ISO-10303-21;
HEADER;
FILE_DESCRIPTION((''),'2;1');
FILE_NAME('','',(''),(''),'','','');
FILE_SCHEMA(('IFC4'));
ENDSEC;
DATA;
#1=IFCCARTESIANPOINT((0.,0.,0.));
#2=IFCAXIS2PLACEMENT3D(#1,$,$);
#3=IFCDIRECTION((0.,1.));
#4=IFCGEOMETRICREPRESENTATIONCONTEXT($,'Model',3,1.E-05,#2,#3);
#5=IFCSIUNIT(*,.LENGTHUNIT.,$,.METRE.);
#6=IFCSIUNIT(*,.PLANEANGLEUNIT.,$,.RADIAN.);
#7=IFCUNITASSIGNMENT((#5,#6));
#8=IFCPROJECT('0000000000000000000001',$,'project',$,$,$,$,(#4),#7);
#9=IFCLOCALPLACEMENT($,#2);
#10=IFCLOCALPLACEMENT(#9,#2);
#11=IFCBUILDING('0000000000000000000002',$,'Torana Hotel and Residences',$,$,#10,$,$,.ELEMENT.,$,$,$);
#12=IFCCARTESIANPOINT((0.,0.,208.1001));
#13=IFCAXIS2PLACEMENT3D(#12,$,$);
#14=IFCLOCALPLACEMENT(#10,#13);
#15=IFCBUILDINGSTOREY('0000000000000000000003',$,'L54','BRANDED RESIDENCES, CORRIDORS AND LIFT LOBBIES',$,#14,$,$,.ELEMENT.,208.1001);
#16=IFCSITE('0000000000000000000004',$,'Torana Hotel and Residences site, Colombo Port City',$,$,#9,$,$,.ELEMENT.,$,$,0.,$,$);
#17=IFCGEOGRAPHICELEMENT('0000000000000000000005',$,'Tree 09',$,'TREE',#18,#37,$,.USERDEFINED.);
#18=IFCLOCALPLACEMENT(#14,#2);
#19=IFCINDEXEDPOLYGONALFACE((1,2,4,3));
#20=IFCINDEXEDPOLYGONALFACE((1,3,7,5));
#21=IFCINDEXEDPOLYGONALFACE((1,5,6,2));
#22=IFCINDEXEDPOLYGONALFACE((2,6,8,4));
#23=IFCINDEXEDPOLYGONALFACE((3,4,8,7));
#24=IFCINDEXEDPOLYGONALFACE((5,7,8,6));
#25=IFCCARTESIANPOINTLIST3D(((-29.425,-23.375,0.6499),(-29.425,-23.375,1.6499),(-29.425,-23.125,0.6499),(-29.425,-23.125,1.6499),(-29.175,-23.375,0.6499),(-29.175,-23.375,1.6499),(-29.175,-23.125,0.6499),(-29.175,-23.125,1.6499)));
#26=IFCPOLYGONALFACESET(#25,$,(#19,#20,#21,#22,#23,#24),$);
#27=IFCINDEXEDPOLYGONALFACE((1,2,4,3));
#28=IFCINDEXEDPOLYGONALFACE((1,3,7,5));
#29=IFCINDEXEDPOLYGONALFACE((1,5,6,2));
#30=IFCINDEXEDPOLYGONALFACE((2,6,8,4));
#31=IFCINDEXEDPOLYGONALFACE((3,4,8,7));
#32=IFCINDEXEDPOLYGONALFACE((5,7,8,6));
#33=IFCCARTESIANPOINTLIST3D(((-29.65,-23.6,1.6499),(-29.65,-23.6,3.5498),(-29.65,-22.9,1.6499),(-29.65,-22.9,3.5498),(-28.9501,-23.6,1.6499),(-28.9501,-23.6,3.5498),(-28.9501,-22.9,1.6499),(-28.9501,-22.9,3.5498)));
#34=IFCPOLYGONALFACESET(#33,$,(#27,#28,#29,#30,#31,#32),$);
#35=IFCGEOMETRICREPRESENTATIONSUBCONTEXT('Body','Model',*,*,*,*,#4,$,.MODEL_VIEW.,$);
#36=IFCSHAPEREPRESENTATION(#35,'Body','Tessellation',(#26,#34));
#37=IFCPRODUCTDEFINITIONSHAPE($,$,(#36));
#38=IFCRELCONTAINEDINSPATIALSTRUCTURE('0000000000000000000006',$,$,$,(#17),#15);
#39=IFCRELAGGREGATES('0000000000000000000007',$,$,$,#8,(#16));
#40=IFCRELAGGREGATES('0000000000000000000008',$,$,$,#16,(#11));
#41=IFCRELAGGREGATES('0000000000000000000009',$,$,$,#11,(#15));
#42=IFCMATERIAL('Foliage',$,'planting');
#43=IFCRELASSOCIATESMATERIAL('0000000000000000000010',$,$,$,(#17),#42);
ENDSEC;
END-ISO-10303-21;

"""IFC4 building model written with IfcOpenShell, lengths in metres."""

from ifc_helpers import new_model, si_unit, direction, frame, origin, origin_2d, place, context, subcontext, project, spatial, rectangle, extrude, material, element, save


model = new_model("IFC4")

# Units and contexts
model_context = context("Model", 3, precision=1e-05, world=origin(), true_north=direction((0.0, 1.0)))
body_context = subcontext(model_context, "Body", "Model", "MODEL_VIEW")
ifc_project = project(units=[si_unit("LENGTHUNIT", "METRE"), si_unit("PLANEANGLEUNIT", "RADIAN")], contexts=[model_context])

# Site, building, storey
site_placement = place(None, origin())
site = spatial("IfcSite", under=ifc_project, at=site_placement, Name="Torana Hotel and Residences site, Colombo Port City", CompositionType="ELEMENT", RefElevation=0.0)
building_placement = place(site_placement, origin())
building = spatial("IfcBuilding", under=site, at=building_placement, Name="Torana Hotel and Residences", CompositionType="ELEMENT")
storey_placement = place(building_placement, frame((0.0, 0.0, 208.1001)))
storey = spatial("IfcBuildingStorey", under=building, at=storey_placement, Name="L54", Description="BRANDED RESIDENCES, CORRIDORS AND LIFT LOBBIES", CompositionType="ELEMENT", Elevation=208.1001)

# Geographic element
ifc_material_1 = material(Name="Foliage", Category="planting")
geographic_element_placement = place(storey_placement, frame((-29.3, -23.25, 0.6499), z_axis=(0.0, 0.0, 1.0), x_axis=(1.0, 0.0, 0.0)))
element("IfcGeographicElement", 1, at=geographic_element_placement, inside=storey, material=ifc_material_1, Name="Tree 09", ObjectType="TREE", PredefinedType="USERDEFINED", context=body_context, shape_type="SweptSolid", body=[
    extrude(rectangle(XDim=0.25, YDim=0.25, at=origin_2d()), origin(), (0.0, 0.0, 1.0), 1.0),
    extrude(rectangle(XDim=0.7, YDim=0.7, at=origin_2d()), frame((0.0, 0.0, 1.0)), (0.0, 0.0, 1.0), 1.8999),
])

save(model, "model.ifc")
